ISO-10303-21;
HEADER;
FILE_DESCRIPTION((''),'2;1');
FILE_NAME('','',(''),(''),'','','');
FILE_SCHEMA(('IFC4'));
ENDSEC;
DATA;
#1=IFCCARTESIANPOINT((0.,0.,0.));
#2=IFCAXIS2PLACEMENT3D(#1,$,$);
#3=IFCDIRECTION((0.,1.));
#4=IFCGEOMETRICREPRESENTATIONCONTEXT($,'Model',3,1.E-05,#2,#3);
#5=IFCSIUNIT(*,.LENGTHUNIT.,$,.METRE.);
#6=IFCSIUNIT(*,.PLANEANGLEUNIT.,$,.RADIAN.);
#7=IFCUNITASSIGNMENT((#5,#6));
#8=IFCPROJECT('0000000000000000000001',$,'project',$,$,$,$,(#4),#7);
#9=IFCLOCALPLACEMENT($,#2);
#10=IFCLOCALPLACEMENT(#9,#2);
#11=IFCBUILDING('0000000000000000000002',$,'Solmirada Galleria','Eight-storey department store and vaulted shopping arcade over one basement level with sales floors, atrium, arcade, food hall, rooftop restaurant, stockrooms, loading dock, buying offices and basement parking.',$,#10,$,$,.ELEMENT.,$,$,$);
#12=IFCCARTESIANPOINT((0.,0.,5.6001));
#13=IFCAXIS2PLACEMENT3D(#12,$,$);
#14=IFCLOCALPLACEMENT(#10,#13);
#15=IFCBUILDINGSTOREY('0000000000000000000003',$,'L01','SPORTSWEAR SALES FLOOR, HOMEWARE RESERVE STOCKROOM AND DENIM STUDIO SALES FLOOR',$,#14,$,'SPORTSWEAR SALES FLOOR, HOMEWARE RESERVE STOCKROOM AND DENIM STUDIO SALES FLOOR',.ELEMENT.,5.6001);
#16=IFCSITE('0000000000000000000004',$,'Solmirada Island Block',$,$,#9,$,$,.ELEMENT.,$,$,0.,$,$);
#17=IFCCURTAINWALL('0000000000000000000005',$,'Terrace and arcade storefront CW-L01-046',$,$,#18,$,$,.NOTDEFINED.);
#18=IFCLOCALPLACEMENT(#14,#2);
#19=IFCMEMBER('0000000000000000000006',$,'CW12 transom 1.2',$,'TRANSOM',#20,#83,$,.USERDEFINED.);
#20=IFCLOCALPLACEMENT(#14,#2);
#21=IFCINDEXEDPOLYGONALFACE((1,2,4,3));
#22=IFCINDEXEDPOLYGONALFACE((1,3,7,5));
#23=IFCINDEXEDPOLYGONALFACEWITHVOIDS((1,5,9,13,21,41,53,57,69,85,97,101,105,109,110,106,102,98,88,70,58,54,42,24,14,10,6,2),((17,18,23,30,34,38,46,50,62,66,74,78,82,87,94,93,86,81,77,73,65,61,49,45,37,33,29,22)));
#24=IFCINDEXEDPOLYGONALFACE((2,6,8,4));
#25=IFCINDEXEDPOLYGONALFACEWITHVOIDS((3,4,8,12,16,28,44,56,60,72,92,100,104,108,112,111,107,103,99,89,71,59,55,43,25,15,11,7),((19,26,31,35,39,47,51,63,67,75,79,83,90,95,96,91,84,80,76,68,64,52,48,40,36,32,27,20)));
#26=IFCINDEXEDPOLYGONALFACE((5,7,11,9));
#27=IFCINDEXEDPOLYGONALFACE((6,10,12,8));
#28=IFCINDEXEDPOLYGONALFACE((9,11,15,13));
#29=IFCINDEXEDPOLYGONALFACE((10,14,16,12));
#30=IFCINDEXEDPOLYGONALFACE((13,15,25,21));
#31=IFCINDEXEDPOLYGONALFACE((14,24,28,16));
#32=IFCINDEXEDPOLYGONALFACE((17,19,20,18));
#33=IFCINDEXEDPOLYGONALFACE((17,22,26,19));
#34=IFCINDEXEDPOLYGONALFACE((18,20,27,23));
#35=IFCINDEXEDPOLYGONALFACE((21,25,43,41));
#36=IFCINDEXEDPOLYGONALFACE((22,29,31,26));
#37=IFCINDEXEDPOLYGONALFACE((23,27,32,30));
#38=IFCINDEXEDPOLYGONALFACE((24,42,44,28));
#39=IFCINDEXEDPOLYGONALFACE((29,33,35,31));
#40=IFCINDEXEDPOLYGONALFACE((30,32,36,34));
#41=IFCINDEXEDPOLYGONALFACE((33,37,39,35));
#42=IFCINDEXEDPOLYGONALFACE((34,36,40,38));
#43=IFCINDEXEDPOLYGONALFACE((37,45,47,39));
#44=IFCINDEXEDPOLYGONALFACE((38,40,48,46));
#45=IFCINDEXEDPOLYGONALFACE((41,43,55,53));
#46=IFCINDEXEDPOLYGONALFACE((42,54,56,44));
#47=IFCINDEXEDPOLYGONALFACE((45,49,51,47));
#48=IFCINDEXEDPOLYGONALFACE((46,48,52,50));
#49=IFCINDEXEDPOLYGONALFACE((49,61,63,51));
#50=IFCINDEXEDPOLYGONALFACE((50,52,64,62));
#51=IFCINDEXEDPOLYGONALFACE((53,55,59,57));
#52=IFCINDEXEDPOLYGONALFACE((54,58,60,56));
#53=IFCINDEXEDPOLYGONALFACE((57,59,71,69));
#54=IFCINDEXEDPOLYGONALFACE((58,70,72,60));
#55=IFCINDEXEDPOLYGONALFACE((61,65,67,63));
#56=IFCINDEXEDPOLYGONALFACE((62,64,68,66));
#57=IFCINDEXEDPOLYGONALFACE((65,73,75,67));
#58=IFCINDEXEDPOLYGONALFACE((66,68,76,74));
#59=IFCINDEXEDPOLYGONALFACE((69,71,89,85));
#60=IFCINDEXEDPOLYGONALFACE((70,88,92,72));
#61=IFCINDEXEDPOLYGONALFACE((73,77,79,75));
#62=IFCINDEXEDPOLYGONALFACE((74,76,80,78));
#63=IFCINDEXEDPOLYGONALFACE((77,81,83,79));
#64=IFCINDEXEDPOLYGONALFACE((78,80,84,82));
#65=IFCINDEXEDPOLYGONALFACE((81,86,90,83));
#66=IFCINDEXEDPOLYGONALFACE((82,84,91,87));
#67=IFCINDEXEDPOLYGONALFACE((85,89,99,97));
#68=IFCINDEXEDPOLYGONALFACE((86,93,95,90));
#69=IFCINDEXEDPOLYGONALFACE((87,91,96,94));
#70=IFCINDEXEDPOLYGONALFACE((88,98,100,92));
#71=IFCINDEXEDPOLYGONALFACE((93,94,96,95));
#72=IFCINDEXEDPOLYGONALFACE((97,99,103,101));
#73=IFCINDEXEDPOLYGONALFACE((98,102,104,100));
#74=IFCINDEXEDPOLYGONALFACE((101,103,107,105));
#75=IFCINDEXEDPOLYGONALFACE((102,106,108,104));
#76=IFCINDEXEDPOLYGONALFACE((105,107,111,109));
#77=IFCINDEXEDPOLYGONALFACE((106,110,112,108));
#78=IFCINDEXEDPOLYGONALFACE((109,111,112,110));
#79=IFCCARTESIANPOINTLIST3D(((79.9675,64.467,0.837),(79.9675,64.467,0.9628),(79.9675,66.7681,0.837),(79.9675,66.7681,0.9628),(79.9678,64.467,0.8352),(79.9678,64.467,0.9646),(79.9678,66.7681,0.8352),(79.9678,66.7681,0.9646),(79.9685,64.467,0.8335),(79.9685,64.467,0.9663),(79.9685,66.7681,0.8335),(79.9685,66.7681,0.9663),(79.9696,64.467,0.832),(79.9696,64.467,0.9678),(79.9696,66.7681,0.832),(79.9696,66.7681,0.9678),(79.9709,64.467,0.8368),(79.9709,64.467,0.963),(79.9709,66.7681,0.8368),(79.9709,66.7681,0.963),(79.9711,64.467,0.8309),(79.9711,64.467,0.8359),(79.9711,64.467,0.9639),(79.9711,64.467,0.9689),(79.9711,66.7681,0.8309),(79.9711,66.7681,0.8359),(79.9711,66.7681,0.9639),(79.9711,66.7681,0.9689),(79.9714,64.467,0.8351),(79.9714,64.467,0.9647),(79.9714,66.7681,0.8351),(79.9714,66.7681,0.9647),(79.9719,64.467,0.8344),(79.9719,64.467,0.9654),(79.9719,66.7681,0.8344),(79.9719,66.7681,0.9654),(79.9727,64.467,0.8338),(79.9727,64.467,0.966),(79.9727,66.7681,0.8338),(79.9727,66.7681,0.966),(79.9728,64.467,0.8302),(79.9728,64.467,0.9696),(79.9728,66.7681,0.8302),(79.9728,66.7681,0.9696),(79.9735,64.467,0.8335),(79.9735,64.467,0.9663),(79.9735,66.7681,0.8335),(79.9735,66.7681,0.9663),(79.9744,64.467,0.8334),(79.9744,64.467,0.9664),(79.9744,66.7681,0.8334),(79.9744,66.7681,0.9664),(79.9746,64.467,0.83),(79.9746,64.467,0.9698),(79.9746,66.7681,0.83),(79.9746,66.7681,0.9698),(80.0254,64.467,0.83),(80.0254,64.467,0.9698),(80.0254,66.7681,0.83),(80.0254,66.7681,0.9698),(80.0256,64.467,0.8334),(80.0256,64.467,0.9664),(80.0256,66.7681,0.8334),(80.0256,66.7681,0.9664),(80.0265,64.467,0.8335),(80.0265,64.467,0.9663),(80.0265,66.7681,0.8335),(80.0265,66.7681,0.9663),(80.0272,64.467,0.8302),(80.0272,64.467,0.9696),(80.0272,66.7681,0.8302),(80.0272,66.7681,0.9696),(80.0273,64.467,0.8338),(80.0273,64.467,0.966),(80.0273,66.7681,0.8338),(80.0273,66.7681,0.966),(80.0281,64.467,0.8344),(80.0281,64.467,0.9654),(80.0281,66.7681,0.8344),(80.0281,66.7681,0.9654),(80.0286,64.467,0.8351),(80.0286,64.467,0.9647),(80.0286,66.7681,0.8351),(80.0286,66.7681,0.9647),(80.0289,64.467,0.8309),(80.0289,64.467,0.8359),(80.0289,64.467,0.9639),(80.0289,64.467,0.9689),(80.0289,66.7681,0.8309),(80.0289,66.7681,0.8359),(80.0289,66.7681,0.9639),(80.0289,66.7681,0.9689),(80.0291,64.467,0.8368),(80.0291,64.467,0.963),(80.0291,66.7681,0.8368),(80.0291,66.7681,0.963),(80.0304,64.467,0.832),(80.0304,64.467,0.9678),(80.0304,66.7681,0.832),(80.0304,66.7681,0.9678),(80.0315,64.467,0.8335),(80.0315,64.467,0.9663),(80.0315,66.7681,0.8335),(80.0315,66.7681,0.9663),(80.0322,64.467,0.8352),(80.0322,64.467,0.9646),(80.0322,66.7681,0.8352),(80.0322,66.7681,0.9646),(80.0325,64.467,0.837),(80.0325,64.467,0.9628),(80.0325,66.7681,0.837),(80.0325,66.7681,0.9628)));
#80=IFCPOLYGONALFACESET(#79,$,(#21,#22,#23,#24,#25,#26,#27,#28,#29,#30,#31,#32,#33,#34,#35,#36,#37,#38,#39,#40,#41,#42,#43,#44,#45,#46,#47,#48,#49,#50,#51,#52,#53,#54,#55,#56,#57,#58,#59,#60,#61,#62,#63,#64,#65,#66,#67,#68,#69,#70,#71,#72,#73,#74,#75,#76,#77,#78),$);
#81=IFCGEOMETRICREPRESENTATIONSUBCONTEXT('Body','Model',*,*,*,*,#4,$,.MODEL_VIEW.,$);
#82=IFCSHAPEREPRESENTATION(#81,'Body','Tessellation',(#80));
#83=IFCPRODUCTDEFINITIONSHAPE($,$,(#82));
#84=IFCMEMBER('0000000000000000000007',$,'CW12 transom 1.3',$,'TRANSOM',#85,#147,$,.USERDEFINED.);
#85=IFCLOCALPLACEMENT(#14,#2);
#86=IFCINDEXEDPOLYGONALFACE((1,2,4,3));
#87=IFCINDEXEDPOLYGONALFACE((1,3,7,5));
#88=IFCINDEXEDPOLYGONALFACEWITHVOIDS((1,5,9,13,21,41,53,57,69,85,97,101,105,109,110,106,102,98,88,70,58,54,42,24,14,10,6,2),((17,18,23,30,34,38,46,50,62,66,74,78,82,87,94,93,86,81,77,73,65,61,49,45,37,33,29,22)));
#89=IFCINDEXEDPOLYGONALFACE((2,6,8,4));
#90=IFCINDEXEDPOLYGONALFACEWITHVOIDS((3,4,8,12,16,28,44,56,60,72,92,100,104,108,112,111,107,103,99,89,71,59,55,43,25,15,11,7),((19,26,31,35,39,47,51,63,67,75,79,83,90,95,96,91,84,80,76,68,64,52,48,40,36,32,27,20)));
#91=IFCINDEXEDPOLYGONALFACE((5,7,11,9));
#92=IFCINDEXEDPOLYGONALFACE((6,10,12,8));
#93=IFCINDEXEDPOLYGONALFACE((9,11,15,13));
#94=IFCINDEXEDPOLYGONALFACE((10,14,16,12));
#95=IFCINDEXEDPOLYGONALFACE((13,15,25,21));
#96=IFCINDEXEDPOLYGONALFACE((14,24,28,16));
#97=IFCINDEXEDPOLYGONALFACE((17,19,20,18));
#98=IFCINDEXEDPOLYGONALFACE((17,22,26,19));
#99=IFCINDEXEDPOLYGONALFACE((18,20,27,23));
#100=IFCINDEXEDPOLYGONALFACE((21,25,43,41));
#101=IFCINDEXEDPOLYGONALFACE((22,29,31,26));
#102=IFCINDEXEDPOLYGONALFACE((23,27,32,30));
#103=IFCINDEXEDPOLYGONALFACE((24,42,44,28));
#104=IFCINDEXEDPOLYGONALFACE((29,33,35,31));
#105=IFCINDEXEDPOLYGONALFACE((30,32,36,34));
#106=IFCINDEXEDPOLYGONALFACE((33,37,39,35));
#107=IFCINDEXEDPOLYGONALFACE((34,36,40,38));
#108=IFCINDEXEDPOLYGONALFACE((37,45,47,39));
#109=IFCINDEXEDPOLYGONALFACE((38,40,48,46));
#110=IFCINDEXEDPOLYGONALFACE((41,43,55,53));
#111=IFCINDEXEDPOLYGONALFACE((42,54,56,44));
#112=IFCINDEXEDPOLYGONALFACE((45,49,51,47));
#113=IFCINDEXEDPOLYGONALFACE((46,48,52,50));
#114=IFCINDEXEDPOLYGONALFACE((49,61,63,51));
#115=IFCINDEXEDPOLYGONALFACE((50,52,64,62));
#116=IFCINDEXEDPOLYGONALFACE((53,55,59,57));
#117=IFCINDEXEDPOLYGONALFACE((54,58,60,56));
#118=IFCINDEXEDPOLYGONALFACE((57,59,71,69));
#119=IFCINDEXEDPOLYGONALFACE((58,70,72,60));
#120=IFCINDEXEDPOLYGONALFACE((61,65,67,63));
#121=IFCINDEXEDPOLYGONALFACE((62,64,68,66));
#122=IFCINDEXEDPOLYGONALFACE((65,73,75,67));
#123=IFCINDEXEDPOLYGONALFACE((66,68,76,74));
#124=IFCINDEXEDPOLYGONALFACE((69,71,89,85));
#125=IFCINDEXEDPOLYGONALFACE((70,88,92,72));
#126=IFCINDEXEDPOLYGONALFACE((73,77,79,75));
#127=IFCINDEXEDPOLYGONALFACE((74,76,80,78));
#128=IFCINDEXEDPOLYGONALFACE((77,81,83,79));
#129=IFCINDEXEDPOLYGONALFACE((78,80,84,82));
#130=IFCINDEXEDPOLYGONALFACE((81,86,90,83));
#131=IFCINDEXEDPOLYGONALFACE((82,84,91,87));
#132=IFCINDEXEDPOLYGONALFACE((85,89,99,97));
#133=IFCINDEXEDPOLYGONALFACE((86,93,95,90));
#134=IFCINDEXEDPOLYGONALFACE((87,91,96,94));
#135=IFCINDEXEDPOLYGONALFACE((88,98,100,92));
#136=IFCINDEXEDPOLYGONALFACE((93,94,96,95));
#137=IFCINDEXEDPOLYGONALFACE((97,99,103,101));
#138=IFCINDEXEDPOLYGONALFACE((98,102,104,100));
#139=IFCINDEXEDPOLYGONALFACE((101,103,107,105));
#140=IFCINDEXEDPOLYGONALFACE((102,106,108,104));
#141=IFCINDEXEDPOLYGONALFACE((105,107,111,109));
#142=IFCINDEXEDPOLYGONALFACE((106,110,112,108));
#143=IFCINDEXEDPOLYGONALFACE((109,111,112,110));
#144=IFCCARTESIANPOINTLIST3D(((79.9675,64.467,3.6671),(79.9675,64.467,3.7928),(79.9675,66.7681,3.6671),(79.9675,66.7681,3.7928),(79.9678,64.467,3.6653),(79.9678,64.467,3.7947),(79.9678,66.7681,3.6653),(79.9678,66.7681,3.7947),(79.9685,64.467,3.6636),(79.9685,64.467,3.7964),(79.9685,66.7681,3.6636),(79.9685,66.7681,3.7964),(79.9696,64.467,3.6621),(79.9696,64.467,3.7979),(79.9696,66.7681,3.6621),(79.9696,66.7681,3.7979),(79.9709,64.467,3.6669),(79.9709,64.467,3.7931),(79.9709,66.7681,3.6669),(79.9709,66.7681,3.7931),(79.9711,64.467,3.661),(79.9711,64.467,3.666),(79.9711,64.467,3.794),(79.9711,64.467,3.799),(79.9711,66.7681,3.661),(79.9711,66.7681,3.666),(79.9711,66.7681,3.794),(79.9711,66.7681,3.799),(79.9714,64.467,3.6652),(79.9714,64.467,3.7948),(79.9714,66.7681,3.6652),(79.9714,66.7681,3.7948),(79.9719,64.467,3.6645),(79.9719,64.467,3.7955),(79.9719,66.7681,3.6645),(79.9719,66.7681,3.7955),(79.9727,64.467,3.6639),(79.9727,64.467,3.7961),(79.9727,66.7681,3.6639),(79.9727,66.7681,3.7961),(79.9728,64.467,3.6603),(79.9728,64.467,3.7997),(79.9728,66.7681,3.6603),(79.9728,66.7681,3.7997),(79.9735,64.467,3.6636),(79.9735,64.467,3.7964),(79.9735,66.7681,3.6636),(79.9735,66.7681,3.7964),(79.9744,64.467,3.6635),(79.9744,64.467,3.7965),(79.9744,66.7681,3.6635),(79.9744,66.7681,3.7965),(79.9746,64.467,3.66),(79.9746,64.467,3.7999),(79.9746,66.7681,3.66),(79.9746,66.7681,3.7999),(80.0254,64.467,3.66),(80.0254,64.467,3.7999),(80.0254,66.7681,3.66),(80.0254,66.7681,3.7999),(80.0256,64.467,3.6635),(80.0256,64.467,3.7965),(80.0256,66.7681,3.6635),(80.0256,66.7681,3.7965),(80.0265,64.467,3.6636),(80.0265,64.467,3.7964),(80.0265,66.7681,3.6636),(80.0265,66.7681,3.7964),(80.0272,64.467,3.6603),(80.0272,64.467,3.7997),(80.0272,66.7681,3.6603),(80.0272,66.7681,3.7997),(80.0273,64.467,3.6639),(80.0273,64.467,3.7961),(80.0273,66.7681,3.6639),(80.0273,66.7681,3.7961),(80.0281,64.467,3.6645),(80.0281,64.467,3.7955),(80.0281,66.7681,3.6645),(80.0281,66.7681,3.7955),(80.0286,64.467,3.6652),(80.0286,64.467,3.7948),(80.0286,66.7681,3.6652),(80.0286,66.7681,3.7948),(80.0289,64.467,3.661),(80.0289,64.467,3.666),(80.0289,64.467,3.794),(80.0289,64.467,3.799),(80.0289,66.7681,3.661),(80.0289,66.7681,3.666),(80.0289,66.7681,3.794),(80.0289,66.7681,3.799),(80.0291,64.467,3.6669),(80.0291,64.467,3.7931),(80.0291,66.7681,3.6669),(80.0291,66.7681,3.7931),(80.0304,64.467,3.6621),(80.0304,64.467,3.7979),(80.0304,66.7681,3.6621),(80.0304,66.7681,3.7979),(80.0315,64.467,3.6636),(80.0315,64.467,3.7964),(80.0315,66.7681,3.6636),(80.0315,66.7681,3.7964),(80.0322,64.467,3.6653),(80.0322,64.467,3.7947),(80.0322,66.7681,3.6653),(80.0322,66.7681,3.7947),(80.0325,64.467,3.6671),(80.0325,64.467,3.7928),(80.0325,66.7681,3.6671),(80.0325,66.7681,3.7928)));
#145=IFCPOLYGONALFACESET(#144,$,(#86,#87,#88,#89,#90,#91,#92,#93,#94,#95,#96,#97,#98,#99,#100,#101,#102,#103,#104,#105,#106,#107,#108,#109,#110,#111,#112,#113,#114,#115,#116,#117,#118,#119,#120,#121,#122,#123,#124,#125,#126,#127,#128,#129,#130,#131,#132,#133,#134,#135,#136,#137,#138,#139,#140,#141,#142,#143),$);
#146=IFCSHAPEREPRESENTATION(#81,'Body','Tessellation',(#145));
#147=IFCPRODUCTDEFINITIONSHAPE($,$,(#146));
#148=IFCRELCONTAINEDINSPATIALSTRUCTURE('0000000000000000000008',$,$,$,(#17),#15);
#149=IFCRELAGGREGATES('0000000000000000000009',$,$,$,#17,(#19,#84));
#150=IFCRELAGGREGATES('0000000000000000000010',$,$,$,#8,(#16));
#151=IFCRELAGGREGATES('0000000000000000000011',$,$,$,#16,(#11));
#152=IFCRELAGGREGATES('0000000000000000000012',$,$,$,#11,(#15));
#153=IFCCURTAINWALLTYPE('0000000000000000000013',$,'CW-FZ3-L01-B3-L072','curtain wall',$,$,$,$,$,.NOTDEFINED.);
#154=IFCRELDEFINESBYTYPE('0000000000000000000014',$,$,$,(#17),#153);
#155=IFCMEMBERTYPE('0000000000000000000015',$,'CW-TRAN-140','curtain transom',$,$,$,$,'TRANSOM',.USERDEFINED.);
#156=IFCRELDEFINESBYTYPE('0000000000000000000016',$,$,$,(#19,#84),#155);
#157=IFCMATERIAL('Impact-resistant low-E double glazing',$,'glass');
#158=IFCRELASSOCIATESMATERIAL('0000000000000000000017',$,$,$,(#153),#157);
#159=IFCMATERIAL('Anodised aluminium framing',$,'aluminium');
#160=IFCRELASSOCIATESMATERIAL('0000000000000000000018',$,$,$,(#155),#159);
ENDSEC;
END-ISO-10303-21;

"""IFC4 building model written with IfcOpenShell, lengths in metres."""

from ifc_helpers import new_model, si_unit, direction, frame, origin, origin_2d, place, context, subcontext, project, spatial, hollow_rectangle, extrude, material, material_profile, profile_set, type_object, element, aggregate, save


model = new_model("IFC4")

# Units and contexts
model_context = context("Model", 3, precision=1e-05, world=origin(), true_north=direction((0.0, 1.0)))
body_context = subcontext(model_context, "Body", "Model", "MODEL_VIEW")
ifc_project = project(units=[si_unit("LENGTHUNIT", "METRE"), si_unit("PLANEANGLEUNIT", "RADIAN")], contexts=[model_context])

# Site, building, storey
site_placement = place(None, origin())
site = spatial("IfcSite", under=ifc_project, at=site_placement, Name="Solmirada Island Block", CompositionType="ELEMENT", RefElevation=0.0)
building_placement = place(site_placement, origin())
building = spatial("IfcBuilding", under=site, at=building_placement, Name="Solmirada Galleria", Description="Eight-storey department store and vaulted shopping arcade over one basement level with sales floors, atrium, arcade, food hall, rooftop restaurant, stockrooms, loading dock, buying offices and basement parking.", CompositionType="ELEMENT")
storey_placement = place(building_placement, frame((0.0, 0.0, 5.6001)))
storey = spatial("IfcBuildingStorey", under=building, at=storey_placement, Name="L01", Description="SPORTSWEAR SALES FLOOR, HOMEWARE RESERVE STOCKROOM AND DENIM STUDIO SALES FLOOR", LongName="SPORTSWEAR SALES FLOOR, HOMEWARE RESERVE STOCKROOM AND DENIM STUDIO SALES FLOOR", CompositionType="ELEMENT", Elevation=5.6001)

# Shared definitions
ifc_material_1 = material(Name="Impact-resistant low-E double glazing", Category="glass")
curtain_wall_type = type_object("IfcCurtainWallType", Name="CW-FZ3-L01-B3-L072", Description="curtain wall", PredefinedType="NOTDEFINED", material=ifc_material_1)
ifc_material_2 = material(Name="Anodised aluminium framing", Category="aluminium")

# Curtain wall
curtain_wall_1_placement = place(storey_placement, origin())
curtain_wall_1 = element("IfcCurtainWall", 1, at=curtain_wall_1_placement, inside=storey, type_object=curtain_wall_type, Name="Terrace and arcade storefront CW-L01-046", PredefinedType="NOTDEFINED")

# Members
ifc_material_profile_1 = material_profile(ifc_material_2, hollow_rectangle(XDim=0.0649, YDim=0.1399, WallThickness=0.0034, InnerFilletRadius=0.0034, OuterFilletRadius=0.0071, at=origin_2d()), Name="ALU-TRAN-140X65")
ifc_profile_set_1 = profile_set([ifc_material_profile_1], Name="Anodised aluminium framing")
member_type_1 = type_object("IfcMemberType", Name="CW-TRAN-140", Description="curtain transom", ElementType="TRANSOM", PredefinedType="USERDEFINED", material=ifc_profile_set_1)
member_1_placement = place(storey_placement, frame((80.0, 64.467, 0.8999), z_axis=(0.0, 1.0, 0.0), x_axis=(-1.0, 0.0, 0.0)))
member_1 = element("IfcMember", 2, at=member_1_placement, type_object=member_type_1, Name="CW12 transom 1.2", ObjectType="TRANSOM", PredefinedType="USERDEFINED", context=body_context, shape_type="SweptSolid", body=[
    extrude(hollow_rectangle(XDim=0.0649, YDim=0.1399, WallThickness=0.0034, InnerFilletRadius=0.0034, OuterFilletRadius=0.0071, at=origin_2d()), origin(), (0.0, 0.0, 1.0), 2.301),
])
member_2_placement = place(storey_placement, frame((80.0, 64.467, 3.73), z_axis=(0.0, 1.0, 0.0), x_axis=(-1.0, 0.0, 0.0)))
member_2 = element("IfcMember", 3, at=member_2_placement, type_object=member_type_1, Name="CW12 transom 1.3", ObjectType="TRANSOM", PredefinedType="USERDEFINED", context=body_context, shape_type="SweptSolid", body=[
    extrude(hollow_rectangle(XDim=0.0649, YDim=0.1399, WallThickness=0.0034, InnerFilletRadius=0.0034, OuterFilletRadius=0.0071, at=origin_2d()), origin(), (0.0, 0.0, 1.0), 2.301),
])

aggregate(curtain_wall_1, [member_1, member_2])

save(model, "model.ifc")
